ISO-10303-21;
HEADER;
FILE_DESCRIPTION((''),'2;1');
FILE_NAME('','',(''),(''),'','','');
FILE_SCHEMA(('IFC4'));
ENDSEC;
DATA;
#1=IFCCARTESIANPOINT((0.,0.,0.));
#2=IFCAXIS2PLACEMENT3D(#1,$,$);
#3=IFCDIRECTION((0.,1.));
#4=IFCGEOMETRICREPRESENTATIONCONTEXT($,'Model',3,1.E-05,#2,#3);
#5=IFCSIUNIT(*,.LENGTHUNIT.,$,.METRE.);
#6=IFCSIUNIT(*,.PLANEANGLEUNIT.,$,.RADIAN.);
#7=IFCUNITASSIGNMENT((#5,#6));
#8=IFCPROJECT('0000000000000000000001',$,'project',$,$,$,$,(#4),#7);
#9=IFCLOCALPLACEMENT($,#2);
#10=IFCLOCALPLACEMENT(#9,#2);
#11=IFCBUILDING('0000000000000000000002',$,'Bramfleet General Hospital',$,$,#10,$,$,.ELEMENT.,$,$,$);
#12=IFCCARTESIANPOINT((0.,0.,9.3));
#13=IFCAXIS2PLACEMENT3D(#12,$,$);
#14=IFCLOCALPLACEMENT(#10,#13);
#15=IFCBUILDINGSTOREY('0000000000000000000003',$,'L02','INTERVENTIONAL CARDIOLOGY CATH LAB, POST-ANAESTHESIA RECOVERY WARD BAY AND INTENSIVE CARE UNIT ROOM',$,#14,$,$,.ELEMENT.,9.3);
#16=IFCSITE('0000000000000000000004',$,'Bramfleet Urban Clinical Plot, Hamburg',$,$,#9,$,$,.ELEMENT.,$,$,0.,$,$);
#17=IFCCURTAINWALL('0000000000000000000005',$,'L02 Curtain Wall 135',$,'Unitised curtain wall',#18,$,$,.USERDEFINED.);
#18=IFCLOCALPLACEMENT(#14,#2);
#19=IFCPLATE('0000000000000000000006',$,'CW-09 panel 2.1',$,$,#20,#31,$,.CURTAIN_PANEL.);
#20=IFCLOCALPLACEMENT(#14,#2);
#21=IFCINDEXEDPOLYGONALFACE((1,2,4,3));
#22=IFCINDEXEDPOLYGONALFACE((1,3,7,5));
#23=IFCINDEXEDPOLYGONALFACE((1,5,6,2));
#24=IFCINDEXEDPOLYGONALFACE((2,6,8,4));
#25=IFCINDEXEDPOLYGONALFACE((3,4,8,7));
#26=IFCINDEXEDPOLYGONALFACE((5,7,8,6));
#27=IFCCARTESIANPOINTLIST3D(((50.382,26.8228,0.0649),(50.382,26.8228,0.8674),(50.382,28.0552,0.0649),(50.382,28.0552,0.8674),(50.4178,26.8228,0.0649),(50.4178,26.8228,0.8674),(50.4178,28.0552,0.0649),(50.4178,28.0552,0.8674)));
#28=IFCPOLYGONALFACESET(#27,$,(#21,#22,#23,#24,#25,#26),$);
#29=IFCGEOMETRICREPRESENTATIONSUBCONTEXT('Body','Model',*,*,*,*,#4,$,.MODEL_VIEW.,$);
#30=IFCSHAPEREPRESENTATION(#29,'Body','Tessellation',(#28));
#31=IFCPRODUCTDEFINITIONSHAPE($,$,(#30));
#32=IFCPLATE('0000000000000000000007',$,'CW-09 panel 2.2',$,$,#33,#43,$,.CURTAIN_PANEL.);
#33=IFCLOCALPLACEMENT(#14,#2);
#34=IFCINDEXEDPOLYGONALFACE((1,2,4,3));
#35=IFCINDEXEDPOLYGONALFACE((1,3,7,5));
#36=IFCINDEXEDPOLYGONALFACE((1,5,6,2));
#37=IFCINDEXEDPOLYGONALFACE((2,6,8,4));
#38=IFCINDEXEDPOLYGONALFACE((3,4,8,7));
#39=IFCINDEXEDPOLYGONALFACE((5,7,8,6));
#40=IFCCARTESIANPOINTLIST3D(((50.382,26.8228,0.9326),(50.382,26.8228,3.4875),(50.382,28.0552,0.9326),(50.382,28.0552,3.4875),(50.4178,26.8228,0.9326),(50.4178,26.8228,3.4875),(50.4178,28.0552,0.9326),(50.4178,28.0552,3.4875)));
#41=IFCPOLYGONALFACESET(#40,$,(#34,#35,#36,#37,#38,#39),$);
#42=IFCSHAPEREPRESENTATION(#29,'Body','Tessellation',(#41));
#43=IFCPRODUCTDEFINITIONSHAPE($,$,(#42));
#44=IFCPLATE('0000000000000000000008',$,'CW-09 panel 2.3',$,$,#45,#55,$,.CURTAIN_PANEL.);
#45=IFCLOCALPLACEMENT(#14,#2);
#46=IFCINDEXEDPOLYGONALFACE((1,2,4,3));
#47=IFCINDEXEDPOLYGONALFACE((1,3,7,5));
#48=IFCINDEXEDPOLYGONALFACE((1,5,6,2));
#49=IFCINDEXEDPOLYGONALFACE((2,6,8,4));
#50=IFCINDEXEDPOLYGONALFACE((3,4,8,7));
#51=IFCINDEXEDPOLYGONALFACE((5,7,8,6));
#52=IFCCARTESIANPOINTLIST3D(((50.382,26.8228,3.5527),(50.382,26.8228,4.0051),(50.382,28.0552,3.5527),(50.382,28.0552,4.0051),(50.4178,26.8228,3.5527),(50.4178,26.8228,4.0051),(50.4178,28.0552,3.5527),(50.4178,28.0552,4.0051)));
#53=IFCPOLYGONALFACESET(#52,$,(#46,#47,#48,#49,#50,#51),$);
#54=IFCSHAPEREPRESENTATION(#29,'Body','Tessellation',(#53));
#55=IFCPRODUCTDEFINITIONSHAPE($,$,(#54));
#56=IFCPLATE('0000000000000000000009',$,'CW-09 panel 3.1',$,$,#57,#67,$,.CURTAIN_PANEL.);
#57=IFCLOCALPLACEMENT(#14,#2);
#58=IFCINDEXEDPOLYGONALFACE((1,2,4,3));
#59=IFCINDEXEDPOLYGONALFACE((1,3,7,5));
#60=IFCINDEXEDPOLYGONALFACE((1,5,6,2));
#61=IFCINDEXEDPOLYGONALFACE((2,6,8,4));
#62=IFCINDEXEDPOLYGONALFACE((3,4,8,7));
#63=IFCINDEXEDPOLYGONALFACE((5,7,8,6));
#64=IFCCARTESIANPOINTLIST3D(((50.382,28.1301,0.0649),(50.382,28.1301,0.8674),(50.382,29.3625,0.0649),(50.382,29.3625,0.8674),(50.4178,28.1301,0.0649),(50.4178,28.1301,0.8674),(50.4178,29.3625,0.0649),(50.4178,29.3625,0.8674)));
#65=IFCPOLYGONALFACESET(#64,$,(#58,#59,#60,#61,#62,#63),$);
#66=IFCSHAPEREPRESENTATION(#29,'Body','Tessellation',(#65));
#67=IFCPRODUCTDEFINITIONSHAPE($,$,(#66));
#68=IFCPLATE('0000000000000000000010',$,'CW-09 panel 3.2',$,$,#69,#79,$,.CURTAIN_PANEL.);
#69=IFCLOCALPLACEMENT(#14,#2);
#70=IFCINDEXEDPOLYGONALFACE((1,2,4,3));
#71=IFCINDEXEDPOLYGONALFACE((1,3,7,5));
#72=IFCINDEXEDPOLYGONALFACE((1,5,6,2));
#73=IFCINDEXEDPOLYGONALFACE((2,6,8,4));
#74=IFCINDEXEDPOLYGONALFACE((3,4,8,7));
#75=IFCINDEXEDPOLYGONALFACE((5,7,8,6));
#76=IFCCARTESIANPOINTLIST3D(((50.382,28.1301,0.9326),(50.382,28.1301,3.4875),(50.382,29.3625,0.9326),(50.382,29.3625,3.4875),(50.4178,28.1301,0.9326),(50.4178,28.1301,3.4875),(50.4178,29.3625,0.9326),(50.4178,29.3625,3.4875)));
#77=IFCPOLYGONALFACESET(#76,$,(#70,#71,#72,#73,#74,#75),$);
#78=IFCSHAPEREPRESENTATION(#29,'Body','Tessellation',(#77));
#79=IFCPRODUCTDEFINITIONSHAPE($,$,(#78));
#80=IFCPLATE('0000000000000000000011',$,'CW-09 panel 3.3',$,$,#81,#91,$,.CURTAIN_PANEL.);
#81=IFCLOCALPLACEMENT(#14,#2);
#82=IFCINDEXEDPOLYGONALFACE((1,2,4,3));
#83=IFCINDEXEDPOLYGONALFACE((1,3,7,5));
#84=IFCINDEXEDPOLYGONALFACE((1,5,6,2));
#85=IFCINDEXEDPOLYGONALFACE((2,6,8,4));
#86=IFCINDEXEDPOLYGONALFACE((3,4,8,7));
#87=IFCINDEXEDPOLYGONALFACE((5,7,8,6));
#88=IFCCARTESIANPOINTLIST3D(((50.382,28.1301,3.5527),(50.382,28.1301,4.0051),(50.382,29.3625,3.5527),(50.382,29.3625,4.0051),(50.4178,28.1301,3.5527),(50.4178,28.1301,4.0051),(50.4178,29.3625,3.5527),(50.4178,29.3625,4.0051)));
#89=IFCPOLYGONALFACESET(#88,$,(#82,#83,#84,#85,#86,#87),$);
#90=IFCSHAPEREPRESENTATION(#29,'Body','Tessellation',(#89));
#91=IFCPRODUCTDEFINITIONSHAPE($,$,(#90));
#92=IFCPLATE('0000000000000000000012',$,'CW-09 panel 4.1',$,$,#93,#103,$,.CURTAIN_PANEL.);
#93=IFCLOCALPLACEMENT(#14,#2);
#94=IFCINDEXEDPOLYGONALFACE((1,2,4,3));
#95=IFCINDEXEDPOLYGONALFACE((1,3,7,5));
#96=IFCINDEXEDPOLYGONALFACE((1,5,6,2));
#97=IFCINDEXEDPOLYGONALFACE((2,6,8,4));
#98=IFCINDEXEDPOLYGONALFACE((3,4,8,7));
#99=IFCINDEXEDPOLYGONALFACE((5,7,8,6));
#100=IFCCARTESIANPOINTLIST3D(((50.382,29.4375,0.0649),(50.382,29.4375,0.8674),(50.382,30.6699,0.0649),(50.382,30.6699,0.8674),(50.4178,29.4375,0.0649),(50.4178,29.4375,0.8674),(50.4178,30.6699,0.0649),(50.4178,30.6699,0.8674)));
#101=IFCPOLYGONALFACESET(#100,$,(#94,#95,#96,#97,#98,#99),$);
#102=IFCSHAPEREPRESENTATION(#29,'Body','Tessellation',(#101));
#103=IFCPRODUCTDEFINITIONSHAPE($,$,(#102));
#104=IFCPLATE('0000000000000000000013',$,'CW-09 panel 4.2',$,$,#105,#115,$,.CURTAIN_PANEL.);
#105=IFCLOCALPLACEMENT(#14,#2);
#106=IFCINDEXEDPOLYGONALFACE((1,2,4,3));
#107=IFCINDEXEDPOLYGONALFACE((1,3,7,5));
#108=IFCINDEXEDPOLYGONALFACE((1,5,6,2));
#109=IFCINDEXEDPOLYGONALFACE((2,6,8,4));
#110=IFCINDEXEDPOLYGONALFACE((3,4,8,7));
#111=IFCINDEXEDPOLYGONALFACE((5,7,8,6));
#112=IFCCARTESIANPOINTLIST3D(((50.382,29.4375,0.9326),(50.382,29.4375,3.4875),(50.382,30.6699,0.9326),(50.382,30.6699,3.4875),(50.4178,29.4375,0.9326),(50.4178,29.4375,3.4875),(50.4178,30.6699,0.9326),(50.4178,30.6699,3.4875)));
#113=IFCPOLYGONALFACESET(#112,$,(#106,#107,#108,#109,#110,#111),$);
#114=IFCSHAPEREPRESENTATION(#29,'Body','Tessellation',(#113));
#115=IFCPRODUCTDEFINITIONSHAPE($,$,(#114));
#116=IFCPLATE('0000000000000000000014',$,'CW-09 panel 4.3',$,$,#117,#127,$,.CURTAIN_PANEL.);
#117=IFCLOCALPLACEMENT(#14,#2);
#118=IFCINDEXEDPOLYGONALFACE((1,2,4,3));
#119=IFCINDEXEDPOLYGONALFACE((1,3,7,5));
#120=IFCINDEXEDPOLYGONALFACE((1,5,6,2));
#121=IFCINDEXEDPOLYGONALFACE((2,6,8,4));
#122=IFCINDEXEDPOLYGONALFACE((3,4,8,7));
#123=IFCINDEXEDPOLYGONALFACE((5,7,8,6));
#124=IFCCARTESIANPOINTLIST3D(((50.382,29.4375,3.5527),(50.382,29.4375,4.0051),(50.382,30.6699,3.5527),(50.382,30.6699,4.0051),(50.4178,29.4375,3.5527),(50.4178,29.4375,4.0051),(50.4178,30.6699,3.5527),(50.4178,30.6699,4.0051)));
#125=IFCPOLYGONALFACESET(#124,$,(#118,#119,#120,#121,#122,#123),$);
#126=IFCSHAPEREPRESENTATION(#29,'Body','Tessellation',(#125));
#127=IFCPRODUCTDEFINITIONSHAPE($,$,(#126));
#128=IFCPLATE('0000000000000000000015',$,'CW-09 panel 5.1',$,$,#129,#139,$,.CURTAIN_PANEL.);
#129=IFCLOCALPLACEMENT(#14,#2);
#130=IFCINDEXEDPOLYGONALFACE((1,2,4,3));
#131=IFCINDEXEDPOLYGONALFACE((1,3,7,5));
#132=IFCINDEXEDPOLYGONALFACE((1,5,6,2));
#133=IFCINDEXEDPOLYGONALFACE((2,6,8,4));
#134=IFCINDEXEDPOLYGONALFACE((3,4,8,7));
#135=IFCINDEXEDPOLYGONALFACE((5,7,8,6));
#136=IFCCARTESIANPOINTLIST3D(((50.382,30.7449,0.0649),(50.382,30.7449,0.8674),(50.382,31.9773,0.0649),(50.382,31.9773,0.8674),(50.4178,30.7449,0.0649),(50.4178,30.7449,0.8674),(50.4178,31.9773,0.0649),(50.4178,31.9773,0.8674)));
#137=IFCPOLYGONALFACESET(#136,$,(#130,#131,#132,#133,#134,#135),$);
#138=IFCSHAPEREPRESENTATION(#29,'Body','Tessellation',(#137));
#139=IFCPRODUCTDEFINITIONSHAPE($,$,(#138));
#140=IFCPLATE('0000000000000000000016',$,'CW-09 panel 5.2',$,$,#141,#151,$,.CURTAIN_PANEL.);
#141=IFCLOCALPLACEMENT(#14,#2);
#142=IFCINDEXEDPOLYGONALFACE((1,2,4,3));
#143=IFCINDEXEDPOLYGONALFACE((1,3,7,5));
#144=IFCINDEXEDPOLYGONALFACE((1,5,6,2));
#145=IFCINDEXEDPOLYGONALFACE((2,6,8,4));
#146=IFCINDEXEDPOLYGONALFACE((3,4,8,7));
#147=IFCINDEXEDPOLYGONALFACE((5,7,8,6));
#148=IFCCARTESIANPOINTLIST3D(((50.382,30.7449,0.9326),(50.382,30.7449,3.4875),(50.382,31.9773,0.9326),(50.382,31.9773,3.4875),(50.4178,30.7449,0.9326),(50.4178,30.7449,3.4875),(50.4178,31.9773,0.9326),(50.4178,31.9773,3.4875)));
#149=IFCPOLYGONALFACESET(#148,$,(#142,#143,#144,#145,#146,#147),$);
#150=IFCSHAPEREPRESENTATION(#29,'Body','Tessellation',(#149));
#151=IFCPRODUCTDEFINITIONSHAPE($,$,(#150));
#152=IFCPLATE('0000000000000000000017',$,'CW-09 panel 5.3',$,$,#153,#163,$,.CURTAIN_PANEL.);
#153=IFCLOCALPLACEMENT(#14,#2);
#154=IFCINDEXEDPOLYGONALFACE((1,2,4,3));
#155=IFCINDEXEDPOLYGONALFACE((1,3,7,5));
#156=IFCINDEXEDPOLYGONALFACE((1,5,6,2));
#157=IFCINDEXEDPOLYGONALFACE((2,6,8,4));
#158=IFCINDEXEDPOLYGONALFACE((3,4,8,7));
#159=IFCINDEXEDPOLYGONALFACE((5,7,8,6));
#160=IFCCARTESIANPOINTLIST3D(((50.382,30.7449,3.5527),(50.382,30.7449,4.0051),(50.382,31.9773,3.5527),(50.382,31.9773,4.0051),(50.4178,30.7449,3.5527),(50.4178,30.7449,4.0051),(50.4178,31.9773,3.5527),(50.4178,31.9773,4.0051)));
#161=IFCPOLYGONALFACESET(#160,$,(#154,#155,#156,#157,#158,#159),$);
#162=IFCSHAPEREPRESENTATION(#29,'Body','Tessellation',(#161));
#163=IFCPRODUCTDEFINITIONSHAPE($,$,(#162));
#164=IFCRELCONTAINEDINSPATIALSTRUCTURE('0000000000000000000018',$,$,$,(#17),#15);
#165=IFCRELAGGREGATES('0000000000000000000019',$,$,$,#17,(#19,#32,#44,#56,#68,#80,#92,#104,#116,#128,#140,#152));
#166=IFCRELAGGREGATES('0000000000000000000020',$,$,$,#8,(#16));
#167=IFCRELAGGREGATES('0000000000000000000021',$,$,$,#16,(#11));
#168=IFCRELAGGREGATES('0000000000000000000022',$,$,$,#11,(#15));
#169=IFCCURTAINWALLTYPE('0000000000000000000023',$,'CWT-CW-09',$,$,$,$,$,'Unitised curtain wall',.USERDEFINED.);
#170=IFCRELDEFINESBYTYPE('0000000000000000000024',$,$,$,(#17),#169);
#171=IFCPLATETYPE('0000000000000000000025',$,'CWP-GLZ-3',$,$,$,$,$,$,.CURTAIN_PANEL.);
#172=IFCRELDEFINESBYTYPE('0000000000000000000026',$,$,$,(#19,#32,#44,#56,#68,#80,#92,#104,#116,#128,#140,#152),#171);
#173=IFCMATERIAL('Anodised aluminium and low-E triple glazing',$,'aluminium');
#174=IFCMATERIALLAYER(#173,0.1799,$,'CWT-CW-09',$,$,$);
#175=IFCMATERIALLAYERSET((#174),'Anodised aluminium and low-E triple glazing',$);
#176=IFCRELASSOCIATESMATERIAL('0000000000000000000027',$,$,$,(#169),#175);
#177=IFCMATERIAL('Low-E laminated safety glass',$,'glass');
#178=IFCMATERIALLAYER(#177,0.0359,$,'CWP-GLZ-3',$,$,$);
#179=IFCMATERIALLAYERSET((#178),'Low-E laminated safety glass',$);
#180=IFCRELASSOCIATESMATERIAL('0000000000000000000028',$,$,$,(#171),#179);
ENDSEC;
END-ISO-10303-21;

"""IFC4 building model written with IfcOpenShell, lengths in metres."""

from ifc_helpers import new_model, si_unit, direction, frame, origin, origin_2d, place, context, subcontext, project, spatial, rectangle, extrude, material, layer, layer_set, type_object, element, aggregate, save


model = new_model("IFC4")

# Units and contexts
model_context = context("Model", 3, precision=1e-05, world=origin(), true_north=direction((0.0, 1.0)))
body_context = subcontext(model_context, "Body", "Model", "MODEL_VIEW")
ifc_project = project(units=[si_unit("LENGTHUNIT", "METRE"), si_unit("PLANEANGLEUNIT", "RADIAN")], contexts=[model_context])

# Site, building, storey
site_placement = place(None, origin())
site = spatial("IfcSite", under=ifc_project, at=site_placement, Name="Bramfleet Urban Clinical Plot, Hamburg", CompositionType="ELEMENT", RefElevation=0.0)
building_placement = place(site_placement, origin())
building = spatial("IfcBuilding", under=site, at=building_placement, Name="Bramfleet General Hospital", CompositionType="ELEMENT")
storey_placement = place(building_placement, frame((0.0, 0.0, 9.3)))
storey = spatial("IfcBuildingStorey", under=building, at=storey_placement, Name="L02", Description="INTERVENTIONAL CARDIOLOGY CATH LAB, POST-ANAESTHESIA RECOVERY WARD BAY AND INTENSIVE CARE UNIT ROOM", CompositionType="ELEMENT", Elevation=9.3)

# Curtain wall, plates
ifc_material_1 = material(Name="Anodised aluminium and low-E triple glazing", Category="aluminium")
ifc_layer_1 = layer(ifc_material_1, 0.1799, Name="CWT-CW-09")
ifc_layer_set_1 = layer_set([ifc_layer_1], Name="Anodised aluminium and low-E triple glazing")
curtain_wall_type = type_object("IfcCurtainWallType", Name="CWT-CW-09", ElementType="Unitised curtain wall", PredefinedType="USERDEFINED", material=ifc_layer_set_1)
curtain_wall_placement = place(storey_placement, origin())
curtain_wall = element("IfcCurtainWall", 1, at=curtain_wall_placement, inside=storey, type_object=curtain_wall_type, Name="L02 Curtain Wall 135", ObjectType="Unitised curtain wall", PredefinedType="USERDEFINED")
ifc_material_2 = material(Name="Low-E laminated safety glass", Category="glass")
ifc_layer_2 = layer(ifc_material_2, 0.0359, Name="CWP-GLZ-3")
ifc_layer_set_2 = layer_set([ifc_layer_2], Name="Low-E laminated safety glass")
plate_type = type_object("IfcPlateType", Name="CWP-GLZ-3", PredefinedType="CURTAIN_PANEL", material=ifc_layer_set_2)
plate_1_placement = place(storey_placement, frame((50.3999, 27.439, 0.0649), z_axis=(0.0, 0.0, 1.0), x_axis=(0.0, 1.0, 0.0)))
plate_1 = element("IfcPlate", 2, at=plate_1_placement, type_object=plate_type, Name="CW-09 panel 2.1", PredefinedType="CURTAIN_PANEL", context=body_context, shape_type="SweptSolid", body=[
    extrude(rectangle(XDim=1.2324, YDim=0.0359, at=origin_2d()), origin(), (0.0, 0.0, 1.0), 0.8025),
])
plate_2_placement = place(storey_placement, frame((50.3999, 27.439, 0.9326), z_axis=(0.0, 0.0, 1.0), x_axis=(0.0, 1.0, 0.0)))
plate_2 = element("IfcPlate", 3, at=plate_2_placement, type_object=plate_type, Name="CW-09 panel 2.2", PredefinedType="CURTAIN_PANEL", context=body_context, shape_type="SweptSolid", body=[
    extrude(rectangle(XDim=1.2324, YDim=0.0359, at=origin_2d()), origin(), (0.0, 0.0, 1.0), 2.5549),
])
plate_3_placement = place(storey_placement, frame((50.3999, 27.439, 3.5527), z_axis=(0.0, 0.0, 1.0), x_axis=(0.0, 1.0, 0.0)))
plate_3 = element("IfcPlate", 4, at=plate_3_placement, type_object=plate_type, Name="CW-09 panel 2.3", PredefinedType="CURTAIN_PANEL", context=body_context, shape_type="SweptSolid", body=[
    extrude(rectangle(XDim=1.2324, YDim=0.0359, at=origin_2d()), origin(), (0.0, 0.0, 1.0), 0.4524),
])
plate_4_placement = place(storey_placement, frame((50.3999, 28.7463, 0.0649), z_axis=(0.0, 0.0, 1.0), x_axis=(0.0, 1.0, 0.0)))
plate_4 = element("IfcPlate", 5, at=plate_4_placement, type_object=plate_type, Name="CW-09 panel 3.1", PredefinedType="CURTAIN_PANEL", context=body_context, shape_type="SweptSolid", body=[
    extrude(rectangle(XDim=1.2324, YDim=0.0359, at=origin_2d()), origin(), (0.0, 0.0, 1.0), 0.8025),
])
plate_5_placement = place(storey_placement, frame((50.3999, 28.7463, 0.9326), z_axis=(0.0, 0.0, 1.0), x_axis=(0.0, 1.0, 0.0)))
plate_5 = element("IfcPlate", 6, at=plate_5_placement, type_object=plate_type, Name="CW-09 panel 3.2", PredefinedType="CURTAIN_PANEL", context=body_context, shape_type="SweptSolid", body=[
    extrude(rectangle(XDim=1.2324, YDim=0.0359, at=origin_2d()), origin(), (0.0, 0.0, 1.0), 2.5549),
])
plate_6_placement = place(storey_placement, frame((50.3999, 28.7463, 3.5527), z_axis=(0.0, 0.0, 1.0), x_axis=(0.0, 1.0, 0.0)))
plate_6 = element("IfcPlate", 7, at=plate_6_placement, type_object=plate_type, Name="CW-09 panel 3.3", PredefinedType="CURTAIN_PANEL", context=body_context, shape_type="SweptSolid", body=[
    extrude(rectangle(XDim=1.2324, YDim=0.0359, at=origin_2d()), origin(), (0.0, 0.0, 1.0), 0.4524),
])
plate_7_placement = place(storey_placement, frame((50.3999, 30.0537, 0.0649), z_axis=(0.0, 0.0, 1.0), x_axis=(0.0, 1.0, 0.0)))
plate_7 = element("IfcPlate", 8, at=plate_7_placement, type_object=plate_type, Name="CW-09 panel 4.1", PredefinedType="CURTAIN_PANEL", context=body_context, shape_type="SweptSolid", body=[
    extrude(rectangle(XDim=1.2324, YDim=0.0359, at=origin_2d()), origin(), (0.0, 0.0, 1.0), 0.8025),
])
plate_8_placement = place(storey_placement, frame((50.3999, 30.0537, 0.9326), z_axis=(0.0, 0.0, 1.0), x_axis=(0.0, 1.0, 0.0)))
plate_8 = element("IfcPlate", 9, at=plate_8_placement, type_object=plate_type, Name="CW-09 panel 4.2", PredefinedType="CURTAIN_PANEL", context=body_context, shape_type="SweptSolid", body=[
    extrude(rectangle(XDim=1.2324, YDim=0.0359, at=origin_2d()), origin(), (0.0, 0.0, 1.0), 2.5549),
])
plate_9_placement = place(storey_placement, frame((50.3999, 30.0537, 3.5527), z_axis=(0.0, 0.0, 1.0), x_axis=(0.0, 1.0, 0.0)))
plate_9 = element("IfcPlate", 10, at=plate_9_placement, type_object=plate_type, Name="CW-09 panel 4.3", PredefinedType="CURTAIN_PANEL", context=body_context, shape_type="SweptSolid", body=[
    extrude(rectangle(XDim=1.2324, YDim=0.0359, at=origin_2d()), origin(), (0.0, 0.0, 1.0), 0.4524),
])
plate_10_placement = place(storey_placement, frame((50.3999, 31.3611, 0.0649), z_axis=(0.0, 0.0, 1.0), x_axis=(0.0, 1.0, 0.0)))
plate_10 = element("IfcPlate", 11, at=plate_10_placement, type_object=plate_type, Name="CW-09 panel 5.1", PredefinedType="CURTAIN_PANEL", context=body_context, shape_type="SweptSolid", body=[
    extrude(rectangle(XDim=1.2324, YDim=0.0359, at=origin_2d()), origin(), (0.0, 0.0, 1.0), 0.8025),
])
plate_11_placement = place(storey_placement, frame((50.3999, 31.3611, 0.9326), z_axis=(0.0, 0.0, 1.0), x_axis=(0.0, 1.0, 0.0)))
plate_11 = element("IfcPlate", 12, at=plate_11_placement, type_object=plate_type, Name="CW-09 panel 5.2", PredefinedType="CURTAIN_PANEL", context=body_context, shape_type="SweptSolid", body=[
    extrude(rectangle(XDim=1.2324, YDim=0.0359, at=origin_2d()), origin(), (0.0, 0.0, 1.0), 2.5549),
])
plate_12_placement = place(storey_placement, frame((50.3999, 31.3611, 3.5527), z_axis=(0.0, 0.0, 1.0), x_axis=(0.0, 1.0, 0.0)))
plate_12 = element("IfcPlate", 13, at=plate_12_placement, type_object=plate_type, Name="CW-09 panel 5.3", PredefinedType="CURTAIN_PANEL", context=body_context, shape_type="SweptSolid", body=[
    extrude(rectangle(XDim=1.2324, YDim=0.0359, at=origin_2d()), origin(), (0.0, 0.0, 1.0), 0.4524),
])
aggregate(curtain_wall, [plate_1, plate_2, plate_3, plate_4, plate_5, plate_6, plate_7, plate_8, plate_9, plate_10, plate_11, plate_12])

save(model, "model.ifc")
